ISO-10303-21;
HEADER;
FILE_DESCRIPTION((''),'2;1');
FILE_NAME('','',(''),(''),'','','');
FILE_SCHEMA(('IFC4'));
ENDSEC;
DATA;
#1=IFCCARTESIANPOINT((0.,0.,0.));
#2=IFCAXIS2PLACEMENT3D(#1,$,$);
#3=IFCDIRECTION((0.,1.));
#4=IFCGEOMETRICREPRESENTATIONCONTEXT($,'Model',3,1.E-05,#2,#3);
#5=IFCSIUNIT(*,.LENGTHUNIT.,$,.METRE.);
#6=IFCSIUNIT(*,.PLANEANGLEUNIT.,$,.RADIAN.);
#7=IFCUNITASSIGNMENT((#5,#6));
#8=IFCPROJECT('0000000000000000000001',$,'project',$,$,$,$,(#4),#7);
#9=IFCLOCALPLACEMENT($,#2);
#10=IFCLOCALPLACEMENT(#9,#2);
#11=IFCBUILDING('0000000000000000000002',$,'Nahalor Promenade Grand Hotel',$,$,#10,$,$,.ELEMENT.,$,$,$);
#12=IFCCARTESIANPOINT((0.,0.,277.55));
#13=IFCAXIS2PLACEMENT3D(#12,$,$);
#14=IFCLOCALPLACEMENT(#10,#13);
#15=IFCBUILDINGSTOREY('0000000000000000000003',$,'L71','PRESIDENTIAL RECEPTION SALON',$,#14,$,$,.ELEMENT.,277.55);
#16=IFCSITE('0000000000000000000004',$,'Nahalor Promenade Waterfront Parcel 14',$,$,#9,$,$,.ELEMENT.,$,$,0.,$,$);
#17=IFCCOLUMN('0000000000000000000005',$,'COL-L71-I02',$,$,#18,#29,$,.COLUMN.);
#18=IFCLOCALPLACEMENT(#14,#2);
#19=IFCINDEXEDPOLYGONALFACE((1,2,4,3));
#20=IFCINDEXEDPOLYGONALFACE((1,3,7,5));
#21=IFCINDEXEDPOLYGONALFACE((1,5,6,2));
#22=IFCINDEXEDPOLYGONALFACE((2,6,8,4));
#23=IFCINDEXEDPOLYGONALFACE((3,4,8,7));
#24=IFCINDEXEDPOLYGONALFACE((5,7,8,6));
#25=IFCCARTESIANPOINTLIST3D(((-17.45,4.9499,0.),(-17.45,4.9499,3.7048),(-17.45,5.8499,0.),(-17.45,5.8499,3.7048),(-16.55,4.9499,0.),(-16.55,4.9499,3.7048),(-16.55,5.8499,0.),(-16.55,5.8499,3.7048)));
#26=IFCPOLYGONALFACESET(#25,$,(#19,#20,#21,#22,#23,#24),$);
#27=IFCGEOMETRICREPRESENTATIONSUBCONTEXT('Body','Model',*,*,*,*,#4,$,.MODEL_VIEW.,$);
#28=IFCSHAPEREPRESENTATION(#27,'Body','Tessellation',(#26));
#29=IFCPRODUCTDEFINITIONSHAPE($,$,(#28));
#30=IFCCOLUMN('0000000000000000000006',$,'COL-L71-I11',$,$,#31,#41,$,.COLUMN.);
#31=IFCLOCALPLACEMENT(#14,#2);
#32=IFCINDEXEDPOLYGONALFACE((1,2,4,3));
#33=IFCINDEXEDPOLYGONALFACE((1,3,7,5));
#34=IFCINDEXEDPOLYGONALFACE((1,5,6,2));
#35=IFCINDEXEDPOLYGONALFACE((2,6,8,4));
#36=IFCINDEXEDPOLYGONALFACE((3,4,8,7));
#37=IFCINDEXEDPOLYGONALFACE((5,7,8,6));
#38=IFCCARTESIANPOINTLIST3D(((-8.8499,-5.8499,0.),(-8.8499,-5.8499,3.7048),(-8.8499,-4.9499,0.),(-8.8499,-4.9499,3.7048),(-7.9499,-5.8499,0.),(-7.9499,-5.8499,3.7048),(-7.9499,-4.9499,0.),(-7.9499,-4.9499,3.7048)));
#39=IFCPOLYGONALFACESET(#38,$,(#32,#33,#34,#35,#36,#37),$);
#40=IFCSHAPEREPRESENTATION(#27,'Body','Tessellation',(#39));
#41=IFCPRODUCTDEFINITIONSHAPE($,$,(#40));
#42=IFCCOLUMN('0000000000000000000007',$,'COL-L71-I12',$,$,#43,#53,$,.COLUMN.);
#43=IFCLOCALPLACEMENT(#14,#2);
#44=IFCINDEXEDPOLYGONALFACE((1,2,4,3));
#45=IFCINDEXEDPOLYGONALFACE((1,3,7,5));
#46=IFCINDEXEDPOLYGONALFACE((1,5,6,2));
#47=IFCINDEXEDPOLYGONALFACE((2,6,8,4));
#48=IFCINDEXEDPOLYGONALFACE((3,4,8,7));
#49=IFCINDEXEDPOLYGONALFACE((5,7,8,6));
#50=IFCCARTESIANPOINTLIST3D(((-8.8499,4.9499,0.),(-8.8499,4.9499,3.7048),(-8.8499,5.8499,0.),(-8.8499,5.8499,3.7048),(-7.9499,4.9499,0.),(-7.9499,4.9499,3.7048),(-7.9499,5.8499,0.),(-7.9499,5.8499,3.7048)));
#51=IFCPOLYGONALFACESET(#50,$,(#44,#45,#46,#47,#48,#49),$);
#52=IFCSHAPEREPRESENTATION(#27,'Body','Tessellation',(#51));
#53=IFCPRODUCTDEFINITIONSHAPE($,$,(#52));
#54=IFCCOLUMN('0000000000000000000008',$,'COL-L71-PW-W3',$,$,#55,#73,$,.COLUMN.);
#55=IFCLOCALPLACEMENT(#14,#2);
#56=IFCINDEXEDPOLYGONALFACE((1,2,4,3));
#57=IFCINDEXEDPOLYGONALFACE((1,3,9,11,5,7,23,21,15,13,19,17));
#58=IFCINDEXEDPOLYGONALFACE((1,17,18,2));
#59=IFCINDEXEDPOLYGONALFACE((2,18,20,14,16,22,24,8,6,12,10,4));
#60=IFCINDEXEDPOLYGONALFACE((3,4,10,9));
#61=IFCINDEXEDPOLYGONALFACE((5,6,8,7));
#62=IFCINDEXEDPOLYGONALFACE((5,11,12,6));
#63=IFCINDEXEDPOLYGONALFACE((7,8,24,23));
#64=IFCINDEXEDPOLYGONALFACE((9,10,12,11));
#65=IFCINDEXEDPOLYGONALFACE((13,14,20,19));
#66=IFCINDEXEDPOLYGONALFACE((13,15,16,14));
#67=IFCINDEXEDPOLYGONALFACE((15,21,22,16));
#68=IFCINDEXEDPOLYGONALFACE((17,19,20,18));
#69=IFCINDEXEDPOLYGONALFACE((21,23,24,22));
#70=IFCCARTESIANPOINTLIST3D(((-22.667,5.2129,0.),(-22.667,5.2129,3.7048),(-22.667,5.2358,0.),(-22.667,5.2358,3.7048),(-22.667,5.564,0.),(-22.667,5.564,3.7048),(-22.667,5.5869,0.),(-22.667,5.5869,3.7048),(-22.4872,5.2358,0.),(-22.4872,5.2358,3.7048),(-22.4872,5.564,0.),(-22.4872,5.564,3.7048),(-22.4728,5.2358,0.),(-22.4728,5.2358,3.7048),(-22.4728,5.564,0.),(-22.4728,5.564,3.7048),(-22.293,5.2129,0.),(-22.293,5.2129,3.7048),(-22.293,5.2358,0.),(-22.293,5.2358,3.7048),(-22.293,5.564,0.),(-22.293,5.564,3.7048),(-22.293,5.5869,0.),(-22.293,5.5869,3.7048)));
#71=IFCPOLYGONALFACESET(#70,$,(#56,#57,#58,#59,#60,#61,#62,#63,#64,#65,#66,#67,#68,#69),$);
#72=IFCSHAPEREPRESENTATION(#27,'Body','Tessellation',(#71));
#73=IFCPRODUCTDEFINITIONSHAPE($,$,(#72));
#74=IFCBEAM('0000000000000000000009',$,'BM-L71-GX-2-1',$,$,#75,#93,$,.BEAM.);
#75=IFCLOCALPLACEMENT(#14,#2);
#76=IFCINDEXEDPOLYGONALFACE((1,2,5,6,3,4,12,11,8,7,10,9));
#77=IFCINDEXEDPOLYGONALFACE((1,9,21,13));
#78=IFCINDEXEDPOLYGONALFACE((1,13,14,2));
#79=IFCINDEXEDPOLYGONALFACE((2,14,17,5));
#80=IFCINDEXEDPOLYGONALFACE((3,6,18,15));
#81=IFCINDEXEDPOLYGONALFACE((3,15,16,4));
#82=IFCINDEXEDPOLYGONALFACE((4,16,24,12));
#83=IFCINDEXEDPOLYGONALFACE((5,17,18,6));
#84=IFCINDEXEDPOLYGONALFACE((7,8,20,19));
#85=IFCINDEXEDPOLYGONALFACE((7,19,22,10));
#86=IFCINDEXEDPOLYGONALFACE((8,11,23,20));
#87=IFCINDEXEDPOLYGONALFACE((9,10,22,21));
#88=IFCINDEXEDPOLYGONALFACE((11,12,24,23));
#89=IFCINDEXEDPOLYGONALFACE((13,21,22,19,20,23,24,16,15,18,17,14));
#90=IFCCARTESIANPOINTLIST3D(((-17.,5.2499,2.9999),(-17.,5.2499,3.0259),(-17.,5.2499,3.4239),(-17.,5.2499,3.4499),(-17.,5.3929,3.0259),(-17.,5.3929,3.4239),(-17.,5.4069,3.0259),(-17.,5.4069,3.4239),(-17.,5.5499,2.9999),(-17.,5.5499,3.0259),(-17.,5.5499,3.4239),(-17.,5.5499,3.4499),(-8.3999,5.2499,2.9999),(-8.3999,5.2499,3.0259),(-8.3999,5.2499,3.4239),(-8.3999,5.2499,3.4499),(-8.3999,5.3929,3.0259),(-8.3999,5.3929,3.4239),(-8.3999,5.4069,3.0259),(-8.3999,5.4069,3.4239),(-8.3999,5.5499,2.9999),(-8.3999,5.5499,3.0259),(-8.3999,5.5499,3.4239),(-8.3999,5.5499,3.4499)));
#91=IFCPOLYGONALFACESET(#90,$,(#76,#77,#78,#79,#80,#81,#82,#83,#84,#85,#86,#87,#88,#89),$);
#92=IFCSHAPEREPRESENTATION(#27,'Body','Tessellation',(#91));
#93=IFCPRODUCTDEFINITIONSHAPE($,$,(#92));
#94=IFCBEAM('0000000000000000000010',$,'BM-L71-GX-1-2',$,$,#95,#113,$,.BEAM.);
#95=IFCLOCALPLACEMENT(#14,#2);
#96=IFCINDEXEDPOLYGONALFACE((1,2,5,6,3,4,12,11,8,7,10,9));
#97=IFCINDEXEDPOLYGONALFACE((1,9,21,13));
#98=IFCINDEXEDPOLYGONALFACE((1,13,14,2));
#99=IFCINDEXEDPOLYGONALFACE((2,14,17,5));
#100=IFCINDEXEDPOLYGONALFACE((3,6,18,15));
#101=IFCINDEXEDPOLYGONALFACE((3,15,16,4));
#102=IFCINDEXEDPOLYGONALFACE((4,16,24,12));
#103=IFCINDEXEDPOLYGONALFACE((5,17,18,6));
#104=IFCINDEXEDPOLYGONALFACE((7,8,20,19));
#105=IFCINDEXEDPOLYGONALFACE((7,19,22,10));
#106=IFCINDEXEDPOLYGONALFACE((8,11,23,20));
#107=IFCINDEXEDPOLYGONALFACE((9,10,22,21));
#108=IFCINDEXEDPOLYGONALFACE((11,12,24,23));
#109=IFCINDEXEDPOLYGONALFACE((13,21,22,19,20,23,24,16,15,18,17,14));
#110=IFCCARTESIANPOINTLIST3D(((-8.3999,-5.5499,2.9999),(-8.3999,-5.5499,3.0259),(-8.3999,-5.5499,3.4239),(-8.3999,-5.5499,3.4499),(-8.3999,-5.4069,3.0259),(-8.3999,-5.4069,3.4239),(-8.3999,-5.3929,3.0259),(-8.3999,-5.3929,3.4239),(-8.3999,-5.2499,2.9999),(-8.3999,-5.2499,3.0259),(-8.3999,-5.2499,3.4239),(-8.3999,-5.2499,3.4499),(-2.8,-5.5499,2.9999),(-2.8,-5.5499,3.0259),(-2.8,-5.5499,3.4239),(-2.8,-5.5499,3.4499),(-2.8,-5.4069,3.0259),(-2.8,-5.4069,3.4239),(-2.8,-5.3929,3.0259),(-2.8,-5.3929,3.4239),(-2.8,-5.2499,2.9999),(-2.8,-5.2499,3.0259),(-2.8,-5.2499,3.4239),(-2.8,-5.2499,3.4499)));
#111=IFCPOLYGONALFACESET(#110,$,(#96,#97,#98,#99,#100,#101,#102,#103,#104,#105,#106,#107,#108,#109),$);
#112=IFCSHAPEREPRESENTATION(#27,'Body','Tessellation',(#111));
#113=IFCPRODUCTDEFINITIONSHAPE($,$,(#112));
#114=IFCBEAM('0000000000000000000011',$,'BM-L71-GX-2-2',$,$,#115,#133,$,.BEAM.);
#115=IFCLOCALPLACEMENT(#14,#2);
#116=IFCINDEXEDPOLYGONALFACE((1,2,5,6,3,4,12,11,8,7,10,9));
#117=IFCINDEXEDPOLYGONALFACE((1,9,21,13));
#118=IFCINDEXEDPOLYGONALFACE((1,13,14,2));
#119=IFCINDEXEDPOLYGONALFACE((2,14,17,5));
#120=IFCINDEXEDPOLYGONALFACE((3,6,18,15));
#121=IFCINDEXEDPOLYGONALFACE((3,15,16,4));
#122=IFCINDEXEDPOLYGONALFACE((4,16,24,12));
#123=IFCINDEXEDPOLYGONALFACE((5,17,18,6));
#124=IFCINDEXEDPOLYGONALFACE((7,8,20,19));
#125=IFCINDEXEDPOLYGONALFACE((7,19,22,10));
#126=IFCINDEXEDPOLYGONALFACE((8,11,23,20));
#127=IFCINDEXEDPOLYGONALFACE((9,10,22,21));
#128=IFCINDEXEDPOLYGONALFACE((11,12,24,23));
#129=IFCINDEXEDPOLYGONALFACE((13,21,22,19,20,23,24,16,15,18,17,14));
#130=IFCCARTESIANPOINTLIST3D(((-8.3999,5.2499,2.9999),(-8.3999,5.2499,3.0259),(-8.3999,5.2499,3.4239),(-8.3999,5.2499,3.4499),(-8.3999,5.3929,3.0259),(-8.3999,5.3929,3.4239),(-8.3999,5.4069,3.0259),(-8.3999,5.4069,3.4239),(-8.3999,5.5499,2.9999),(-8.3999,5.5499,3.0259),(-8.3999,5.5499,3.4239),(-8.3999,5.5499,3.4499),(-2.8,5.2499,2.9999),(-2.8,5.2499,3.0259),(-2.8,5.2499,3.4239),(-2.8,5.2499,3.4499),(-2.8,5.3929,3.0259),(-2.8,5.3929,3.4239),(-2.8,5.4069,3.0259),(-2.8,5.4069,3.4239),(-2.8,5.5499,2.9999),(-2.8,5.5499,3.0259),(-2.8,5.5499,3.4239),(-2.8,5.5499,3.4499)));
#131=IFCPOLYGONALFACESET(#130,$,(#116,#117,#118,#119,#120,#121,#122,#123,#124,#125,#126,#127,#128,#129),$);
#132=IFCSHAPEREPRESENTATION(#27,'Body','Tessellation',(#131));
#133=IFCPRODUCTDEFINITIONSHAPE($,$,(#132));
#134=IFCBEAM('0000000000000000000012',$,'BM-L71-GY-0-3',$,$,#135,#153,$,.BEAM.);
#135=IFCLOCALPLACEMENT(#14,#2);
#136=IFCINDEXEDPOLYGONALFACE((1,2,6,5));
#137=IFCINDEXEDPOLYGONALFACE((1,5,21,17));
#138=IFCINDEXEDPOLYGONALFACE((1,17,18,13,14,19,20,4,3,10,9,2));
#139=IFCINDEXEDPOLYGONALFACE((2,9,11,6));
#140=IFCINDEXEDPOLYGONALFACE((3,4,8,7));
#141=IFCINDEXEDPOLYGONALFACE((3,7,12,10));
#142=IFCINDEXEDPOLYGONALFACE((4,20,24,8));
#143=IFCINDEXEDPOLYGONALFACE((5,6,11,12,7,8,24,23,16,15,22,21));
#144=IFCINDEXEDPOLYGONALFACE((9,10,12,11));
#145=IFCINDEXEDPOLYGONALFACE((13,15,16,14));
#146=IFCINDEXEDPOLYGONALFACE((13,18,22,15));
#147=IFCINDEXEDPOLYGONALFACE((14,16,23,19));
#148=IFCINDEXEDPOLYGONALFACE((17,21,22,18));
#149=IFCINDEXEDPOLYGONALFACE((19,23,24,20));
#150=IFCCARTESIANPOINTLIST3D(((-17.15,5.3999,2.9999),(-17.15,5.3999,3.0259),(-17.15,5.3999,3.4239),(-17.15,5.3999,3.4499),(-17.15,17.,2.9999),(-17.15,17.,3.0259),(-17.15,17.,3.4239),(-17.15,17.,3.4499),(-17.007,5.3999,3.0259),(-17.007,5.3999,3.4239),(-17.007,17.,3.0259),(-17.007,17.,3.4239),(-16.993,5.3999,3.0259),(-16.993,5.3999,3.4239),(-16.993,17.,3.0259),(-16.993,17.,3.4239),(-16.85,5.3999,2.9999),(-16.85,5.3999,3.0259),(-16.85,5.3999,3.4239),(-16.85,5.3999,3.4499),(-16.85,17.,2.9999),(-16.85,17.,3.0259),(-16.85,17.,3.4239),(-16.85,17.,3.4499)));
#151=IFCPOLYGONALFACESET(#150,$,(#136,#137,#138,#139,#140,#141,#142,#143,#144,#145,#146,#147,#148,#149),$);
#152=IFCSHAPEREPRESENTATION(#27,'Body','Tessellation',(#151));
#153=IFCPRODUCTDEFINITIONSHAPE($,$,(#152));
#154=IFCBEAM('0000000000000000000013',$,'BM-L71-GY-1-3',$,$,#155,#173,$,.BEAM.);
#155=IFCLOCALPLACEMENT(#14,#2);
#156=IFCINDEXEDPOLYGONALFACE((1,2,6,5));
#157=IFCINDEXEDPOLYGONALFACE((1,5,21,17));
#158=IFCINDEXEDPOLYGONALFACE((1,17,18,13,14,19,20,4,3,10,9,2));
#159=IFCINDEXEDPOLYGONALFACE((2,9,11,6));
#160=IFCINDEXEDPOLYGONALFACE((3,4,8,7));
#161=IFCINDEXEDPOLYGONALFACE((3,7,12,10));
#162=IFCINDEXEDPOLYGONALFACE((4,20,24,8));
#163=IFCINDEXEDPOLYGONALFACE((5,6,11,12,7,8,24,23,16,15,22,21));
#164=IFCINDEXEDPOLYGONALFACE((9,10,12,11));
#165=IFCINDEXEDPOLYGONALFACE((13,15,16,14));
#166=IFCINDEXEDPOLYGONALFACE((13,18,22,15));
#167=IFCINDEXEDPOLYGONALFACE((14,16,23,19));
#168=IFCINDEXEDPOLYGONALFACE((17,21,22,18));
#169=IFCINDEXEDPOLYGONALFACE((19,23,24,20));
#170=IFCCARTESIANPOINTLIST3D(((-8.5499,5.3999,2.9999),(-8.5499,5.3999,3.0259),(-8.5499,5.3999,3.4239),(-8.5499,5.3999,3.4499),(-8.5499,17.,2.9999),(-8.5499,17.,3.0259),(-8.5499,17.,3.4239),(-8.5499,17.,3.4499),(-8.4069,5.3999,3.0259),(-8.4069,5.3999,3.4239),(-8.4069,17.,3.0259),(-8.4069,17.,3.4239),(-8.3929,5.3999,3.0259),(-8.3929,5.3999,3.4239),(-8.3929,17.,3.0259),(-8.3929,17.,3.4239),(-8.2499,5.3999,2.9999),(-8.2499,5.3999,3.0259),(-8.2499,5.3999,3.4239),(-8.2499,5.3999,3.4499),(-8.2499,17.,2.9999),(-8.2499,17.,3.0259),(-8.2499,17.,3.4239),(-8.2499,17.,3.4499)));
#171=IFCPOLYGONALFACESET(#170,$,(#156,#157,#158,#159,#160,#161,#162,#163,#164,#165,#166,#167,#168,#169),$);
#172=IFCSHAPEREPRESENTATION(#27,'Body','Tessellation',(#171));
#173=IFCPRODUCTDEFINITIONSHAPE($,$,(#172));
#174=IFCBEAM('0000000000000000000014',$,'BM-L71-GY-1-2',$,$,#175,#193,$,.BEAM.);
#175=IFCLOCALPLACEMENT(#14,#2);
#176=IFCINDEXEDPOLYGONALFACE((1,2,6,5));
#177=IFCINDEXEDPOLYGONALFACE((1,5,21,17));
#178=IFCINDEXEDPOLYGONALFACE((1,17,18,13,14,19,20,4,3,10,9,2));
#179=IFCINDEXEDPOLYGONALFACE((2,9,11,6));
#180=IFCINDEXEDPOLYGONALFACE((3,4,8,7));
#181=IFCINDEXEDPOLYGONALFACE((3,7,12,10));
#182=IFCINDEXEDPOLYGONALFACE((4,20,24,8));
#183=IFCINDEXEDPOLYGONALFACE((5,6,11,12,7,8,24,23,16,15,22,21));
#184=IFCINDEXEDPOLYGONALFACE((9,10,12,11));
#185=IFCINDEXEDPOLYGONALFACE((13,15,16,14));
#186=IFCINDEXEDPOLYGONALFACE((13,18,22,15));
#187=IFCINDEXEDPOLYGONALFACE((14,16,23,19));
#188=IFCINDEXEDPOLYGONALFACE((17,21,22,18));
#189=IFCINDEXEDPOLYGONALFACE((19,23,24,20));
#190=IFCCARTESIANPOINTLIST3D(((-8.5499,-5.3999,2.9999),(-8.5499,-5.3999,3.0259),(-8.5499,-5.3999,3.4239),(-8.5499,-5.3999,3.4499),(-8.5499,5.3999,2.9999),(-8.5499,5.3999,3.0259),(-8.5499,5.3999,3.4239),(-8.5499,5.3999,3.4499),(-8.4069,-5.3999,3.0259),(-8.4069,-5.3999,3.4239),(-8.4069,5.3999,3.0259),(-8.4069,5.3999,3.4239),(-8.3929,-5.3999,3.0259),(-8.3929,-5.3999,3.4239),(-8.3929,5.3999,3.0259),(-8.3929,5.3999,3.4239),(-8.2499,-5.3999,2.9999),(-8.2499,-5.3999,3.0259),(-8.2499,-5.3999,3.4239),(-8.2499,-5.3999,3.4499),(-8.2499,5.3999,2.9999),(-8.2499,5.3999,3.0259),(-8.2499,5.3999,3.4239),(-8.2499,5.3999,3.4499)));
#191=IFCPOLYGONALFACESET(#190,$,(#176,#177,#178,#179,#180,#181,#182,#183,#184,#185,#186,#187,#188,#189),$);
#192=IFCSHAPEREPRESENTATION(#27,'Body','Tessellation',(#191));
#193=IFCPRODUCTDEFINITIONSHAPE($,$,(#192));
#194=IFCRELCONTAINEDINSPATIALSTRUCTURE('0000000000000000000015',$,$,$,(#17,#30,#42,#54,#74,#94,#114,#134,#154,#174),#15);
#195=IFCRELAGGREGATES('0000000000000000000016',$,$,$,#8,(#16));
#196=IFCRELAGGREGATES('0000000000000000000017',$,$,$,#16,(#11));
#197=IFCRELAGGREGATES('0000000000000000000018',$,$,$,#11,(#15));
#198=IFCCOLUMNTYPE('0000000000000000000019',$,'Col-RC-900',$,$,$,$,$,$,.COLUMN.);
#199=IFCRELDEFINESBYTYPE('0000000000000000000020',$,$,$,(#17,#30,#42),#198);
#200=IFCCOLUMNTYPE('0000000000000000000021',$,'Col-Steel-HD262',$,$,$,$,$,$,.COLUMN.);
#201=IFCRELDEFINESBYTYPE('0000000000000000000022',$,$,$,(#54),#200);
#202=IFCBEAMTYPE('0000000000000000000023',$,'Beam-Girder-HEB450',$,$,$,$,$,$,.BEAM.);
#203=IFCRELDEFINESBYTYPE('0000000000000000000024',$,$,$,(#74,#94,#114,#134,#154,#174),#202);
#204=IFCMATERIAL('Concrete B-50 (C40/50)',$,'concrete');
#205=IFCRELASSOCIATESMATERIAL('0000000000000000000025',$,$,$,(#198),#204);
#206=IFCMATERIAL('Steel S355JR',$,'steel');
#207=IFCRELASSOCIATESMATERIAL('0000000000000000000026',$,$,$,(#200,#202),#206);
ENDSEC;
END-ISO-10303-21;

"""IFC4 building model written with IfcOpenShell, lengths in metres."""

from ifc_helpers import new_model, si_unit, direction, frame, origin, origin_2d, place, context, subcontext, project, spatial, rectangle, i_section, extrude, source, transform, mapped, material, material_profile, profile_set, type_object, element, save


model = new_model("IFC4")

# Units and contexts
model_context = context("Model", 3, precision=1e-05, world=origin(), true_north=direction((0.0, 1.0)))
body_context = subcontext(model_context, "Body", "Model", "MODEL_VIEW")
ifc_project = project(units=[si_unit("LENGTHUNIT", "METRE"), si_unit("PLANEANGLEUNIT", "RADIAN")], contexts=[model_context])

# Site, building, storey
site_placement = place(None, origin())
site = spatial("IfcSite", under=ifc_project, at=site_placement, Name="Nahalor Promenade Waterfront Parcel 14", CompositionType="ELEMENT", RefElevation=0.0)
building_placement = place(site_placement, origin())
building = spatial("IfcBuilding", under=site, at=building_placement, Name="Nahalor Promenade Grand Hotel", CompositionType="ELEMENT")
storey_placement = place(building_placement, frame((0.0, 0.0, 277.55)))
storey = spatial("IfcBuildingStorey", under=building, at=storey_placement, Name="L71", Description="PRESIDENTIAL RECEPTION SALON", CompositionType="ELEMENT", Elevation=277.55)

# Columns
ifc_material_1 = material(Name="Concrete B-50 (C40/50)", Category="concrete")
ifc_material_profile_1 = material_profile(ifc_material_1, rectangle(XDim=0.9, YDim=0.9, at=origin_2d()), Name="RC 900x900")
ifc_profile_set_1 = profile_set([ifc_material_profile_1], Name="Concrete B-50 (C40/50)")
column_type_1 = type_object("IfcColumnType", Name="Col-RC-900", PredefinedType="COLUMN", material=ifc_profile_set_1)
shared_shape_1 = source(origin(), body_context, "Body", "SweptSolid", [
    extrude(rectangle(XDim=0.9, YDim=0.9, at=origin_2d()), origin(), (0.0, 0.0, 1.0), 3.7048),
])
for number, where, z_axis, x_axis, name in (
    (1, (-17.0, 5.3999, 0.0), (0.0, 0.0, 1.0), (1.0, 0.0, 0.0), "COL-L71-I02"),
    (2, (-8.3999, -5.3999, 0.0), (0.0, 0.0, 1.0), (1.0, 0.0, 0.0), "COL-L71-I11"),
    (3, (-8.3999, 5.3999, 0.0), (0.0, 0.0, 1.0), (1.0, 0.0, 0.0), "COL-L71-I12"),
):
    element("IfcColumn", number, at=place(storey_placement, frame(where, z_axis=z_axis, x_axis=x_axis)), inside=storey, type_object=column_type_1, Name=name, PredefinedType="COLUMN", context=body_context, shape_type="MappedRepresentation", body=[
        mapped(shared_shape_1, transform((0.0, 0.0, 0.0), scale=1.0)),
    ])
ifc_material_2 = material(Name="Steel S355JR", Category="steel")
ifc_material_profile_2 = material_profile(ifc_material_2, i_section(OverallWidth=0.374, OverallDepth=0.374, WebThickness=0.0144, FlangeThickness=0.0229, at=origin_2d()), Name="HD 360x262")
ifc_profile_set_2 = profile_set([ifc_material_profile_2], Name="Steel S355JR")
column_type_2 = type_object("IfcColumnType", Name="Col-Steel-HD262", PredefinedType="COLUMN", material=ifc_profile_set_2)
shared_shape_2 = source(origin(), body_context, "Body", "SweptSolid", [
    extrude(i_section(OverallWidth=0.374, OverallDepth=0.374, WebThickness=0.0144, FlangeThickness=0.0229, at=origin_2d()), origin(), (0.0, 0.0, 1.0), 3.7048),
])
column_placement = place(storey_placement, frame((-22.48, 5.3999, 0.0), z_axis=(0.0, 0.0, 1.0), x_axis=(1.0, 0.0, 0.0)))
element("IfcColumn", 4, at=column_placement, inside=storey, type_object=column_type_2, Name="COL-L71-PW-W3", PredefinedType="COLUMN", context=body_context, shape_type="MappedRepresentation", body=[
    mapped(shared_shape_2, transform((0.0, 0.0, 0.0), scale=1.0)),
])

# Beams
ifc_material_profile_3 = material_profile(ifc_material_2, i_section(OverallWidth=0.3, OverallDepth=0.45, WebThickness=0.014, FlangeThickness=0.026, at=origin_2d()), Name="HEB 450")
ifc_profile_set_3 = profile_set([ifc_material_profile_3], Name="Steel S355JR")
beam_type_1 = type_object("IfcBeamType", Name="Beam-Girder-HEB450", PredefinedType="BEAM", material=ifc_profile_set_3)
shared_shape_3 = source(origin(), body_context, "Body", "SweptSolid", [
    extrude(i_section(OverallWidth=0.3, OverallDepth=0.45, WebThickness=0.014, FlangeThickness=0.026, at=origin_2d()), origin(), (0.0, 0.0, 1.0), 8.6001),
])
beam_1_placement = place(storey_placement, frame((-17.0, 5.3999, 3.2249), z_axis=(1.0, 0.0, 0.0), x_axis=(0.0, 1.0, 0.0)))
element("IfcBeam", 5, at=beam_1_placement, inside=storey, type_object=beam_type_1, Name="BM-L71-GX-2-1", PredefinedType="BEAM", context=body_context, shape_type="MappedRepresentation", body=[
    mapped(shared_shape_3, transform((0.0, 0.0, 0.0), scale=1.0)),
])
shared_shape_4 = source(origin(), body_context, "Body", "SweptSolid", [
    extrude(i_section(OverallWidth=0.3, OverallDepth=0.45, WebThickness=0.014, FlangeThickness=0.026, at=origin_2d()), origin(), (0.0, 0.0, 1.0), 5.5999),
])
for number, where, z_axis, x_axis, name in (
    (6, (-8.3999, -5.3999, 3.2249), (1.0, 0.0, 0.0), (0.0, 1.0, 0.0), "BM-L71-GX-1-2"),
    (7, (-8.3999, 5.3999, 3.2249), (1.0, 0.0, 0.0), (0.0, 1.0, 0.0), "BM-L71-GX-2-2"),
):
    element("IfcBeam", number, at=place(storey_placement, frame(where, z_axis=z_axis, x_axis=x_axis)), inside=storey, type_object=beam_type_1, Name=name, PredefinedType="BEAM", context=body_context, shape_type="MappedRepresentation", body=[
        mapped(shared_shape_4, transform((0.0, 0.0, 0.0), scale=1.0)),
    ])
shared_shape_5 = source(origin(), body_context, "Body", "SweptSolid", [
    extrude(i_section(OverallWidth=0.3, OverallDepth=0.45, WebThickness=0.014, FlangeThickness=0.026, at=origin_2d()), origin(), (0.0, 0.0, 1.0), 11.6001),
])
for number, where, z_axis, x_axis, name in (
    (8, (-17.0, 5.3999, 3.2249), (0.0, 1.0, 0.0), (-1.0, 0.0, 0.0), "BM-L71-GY-0-3"),
    (9, (-8.3999, 5.3999, 3.2249), (0.0, 1.0, 0.0), (-1.0, 0.0, 0.0), "BM-L71-GY-1-3"),
):
    element("IfcBeam", number, at=place(storey_placement, frame(where, z_axis=z_axis, x_axis=x_axis)), inside=storey, type_object=beam_type_1, Name=name, PredefinedType="BEAM", context=body_context, shape_type="MappedRepresentation", body=[
        mapped(shared_shape_5, transform((0.0, 0.0, 0.0), scale=1.0)),
    ])
shared_shape_6 = source(origin(), body_context, "Body", "SweptSolid", [
    extrude(i_section(OverallWidth=0.3, OverallDepth=0.45, WebThickness=0.014, FlangeThickness=0.026, at=origin_2d()), origin(), (0.0, 0.0, 1.0), 10.7998),
])
beam_2_placement = place(storey_placement, frame((-8.3999, -5.3999, 3.2249), z_axis=(0.0, 1.0, 0.0), x_axis=(-1.0, 0.0, 0.0)))
element("IfcBeam", 10, at=beam_2_placement, inside=storey, type_object=beam_type_1, Name="BM-L71-GY-1-2", PredefinedType="BEAM", context=body_context, shape_type="MappedRepresentation", body=[
    mapped(shared_shape_6, transform((0.0, 0.0, 0.0), scale=1.0)),
])

save(model, "model.ifc")
